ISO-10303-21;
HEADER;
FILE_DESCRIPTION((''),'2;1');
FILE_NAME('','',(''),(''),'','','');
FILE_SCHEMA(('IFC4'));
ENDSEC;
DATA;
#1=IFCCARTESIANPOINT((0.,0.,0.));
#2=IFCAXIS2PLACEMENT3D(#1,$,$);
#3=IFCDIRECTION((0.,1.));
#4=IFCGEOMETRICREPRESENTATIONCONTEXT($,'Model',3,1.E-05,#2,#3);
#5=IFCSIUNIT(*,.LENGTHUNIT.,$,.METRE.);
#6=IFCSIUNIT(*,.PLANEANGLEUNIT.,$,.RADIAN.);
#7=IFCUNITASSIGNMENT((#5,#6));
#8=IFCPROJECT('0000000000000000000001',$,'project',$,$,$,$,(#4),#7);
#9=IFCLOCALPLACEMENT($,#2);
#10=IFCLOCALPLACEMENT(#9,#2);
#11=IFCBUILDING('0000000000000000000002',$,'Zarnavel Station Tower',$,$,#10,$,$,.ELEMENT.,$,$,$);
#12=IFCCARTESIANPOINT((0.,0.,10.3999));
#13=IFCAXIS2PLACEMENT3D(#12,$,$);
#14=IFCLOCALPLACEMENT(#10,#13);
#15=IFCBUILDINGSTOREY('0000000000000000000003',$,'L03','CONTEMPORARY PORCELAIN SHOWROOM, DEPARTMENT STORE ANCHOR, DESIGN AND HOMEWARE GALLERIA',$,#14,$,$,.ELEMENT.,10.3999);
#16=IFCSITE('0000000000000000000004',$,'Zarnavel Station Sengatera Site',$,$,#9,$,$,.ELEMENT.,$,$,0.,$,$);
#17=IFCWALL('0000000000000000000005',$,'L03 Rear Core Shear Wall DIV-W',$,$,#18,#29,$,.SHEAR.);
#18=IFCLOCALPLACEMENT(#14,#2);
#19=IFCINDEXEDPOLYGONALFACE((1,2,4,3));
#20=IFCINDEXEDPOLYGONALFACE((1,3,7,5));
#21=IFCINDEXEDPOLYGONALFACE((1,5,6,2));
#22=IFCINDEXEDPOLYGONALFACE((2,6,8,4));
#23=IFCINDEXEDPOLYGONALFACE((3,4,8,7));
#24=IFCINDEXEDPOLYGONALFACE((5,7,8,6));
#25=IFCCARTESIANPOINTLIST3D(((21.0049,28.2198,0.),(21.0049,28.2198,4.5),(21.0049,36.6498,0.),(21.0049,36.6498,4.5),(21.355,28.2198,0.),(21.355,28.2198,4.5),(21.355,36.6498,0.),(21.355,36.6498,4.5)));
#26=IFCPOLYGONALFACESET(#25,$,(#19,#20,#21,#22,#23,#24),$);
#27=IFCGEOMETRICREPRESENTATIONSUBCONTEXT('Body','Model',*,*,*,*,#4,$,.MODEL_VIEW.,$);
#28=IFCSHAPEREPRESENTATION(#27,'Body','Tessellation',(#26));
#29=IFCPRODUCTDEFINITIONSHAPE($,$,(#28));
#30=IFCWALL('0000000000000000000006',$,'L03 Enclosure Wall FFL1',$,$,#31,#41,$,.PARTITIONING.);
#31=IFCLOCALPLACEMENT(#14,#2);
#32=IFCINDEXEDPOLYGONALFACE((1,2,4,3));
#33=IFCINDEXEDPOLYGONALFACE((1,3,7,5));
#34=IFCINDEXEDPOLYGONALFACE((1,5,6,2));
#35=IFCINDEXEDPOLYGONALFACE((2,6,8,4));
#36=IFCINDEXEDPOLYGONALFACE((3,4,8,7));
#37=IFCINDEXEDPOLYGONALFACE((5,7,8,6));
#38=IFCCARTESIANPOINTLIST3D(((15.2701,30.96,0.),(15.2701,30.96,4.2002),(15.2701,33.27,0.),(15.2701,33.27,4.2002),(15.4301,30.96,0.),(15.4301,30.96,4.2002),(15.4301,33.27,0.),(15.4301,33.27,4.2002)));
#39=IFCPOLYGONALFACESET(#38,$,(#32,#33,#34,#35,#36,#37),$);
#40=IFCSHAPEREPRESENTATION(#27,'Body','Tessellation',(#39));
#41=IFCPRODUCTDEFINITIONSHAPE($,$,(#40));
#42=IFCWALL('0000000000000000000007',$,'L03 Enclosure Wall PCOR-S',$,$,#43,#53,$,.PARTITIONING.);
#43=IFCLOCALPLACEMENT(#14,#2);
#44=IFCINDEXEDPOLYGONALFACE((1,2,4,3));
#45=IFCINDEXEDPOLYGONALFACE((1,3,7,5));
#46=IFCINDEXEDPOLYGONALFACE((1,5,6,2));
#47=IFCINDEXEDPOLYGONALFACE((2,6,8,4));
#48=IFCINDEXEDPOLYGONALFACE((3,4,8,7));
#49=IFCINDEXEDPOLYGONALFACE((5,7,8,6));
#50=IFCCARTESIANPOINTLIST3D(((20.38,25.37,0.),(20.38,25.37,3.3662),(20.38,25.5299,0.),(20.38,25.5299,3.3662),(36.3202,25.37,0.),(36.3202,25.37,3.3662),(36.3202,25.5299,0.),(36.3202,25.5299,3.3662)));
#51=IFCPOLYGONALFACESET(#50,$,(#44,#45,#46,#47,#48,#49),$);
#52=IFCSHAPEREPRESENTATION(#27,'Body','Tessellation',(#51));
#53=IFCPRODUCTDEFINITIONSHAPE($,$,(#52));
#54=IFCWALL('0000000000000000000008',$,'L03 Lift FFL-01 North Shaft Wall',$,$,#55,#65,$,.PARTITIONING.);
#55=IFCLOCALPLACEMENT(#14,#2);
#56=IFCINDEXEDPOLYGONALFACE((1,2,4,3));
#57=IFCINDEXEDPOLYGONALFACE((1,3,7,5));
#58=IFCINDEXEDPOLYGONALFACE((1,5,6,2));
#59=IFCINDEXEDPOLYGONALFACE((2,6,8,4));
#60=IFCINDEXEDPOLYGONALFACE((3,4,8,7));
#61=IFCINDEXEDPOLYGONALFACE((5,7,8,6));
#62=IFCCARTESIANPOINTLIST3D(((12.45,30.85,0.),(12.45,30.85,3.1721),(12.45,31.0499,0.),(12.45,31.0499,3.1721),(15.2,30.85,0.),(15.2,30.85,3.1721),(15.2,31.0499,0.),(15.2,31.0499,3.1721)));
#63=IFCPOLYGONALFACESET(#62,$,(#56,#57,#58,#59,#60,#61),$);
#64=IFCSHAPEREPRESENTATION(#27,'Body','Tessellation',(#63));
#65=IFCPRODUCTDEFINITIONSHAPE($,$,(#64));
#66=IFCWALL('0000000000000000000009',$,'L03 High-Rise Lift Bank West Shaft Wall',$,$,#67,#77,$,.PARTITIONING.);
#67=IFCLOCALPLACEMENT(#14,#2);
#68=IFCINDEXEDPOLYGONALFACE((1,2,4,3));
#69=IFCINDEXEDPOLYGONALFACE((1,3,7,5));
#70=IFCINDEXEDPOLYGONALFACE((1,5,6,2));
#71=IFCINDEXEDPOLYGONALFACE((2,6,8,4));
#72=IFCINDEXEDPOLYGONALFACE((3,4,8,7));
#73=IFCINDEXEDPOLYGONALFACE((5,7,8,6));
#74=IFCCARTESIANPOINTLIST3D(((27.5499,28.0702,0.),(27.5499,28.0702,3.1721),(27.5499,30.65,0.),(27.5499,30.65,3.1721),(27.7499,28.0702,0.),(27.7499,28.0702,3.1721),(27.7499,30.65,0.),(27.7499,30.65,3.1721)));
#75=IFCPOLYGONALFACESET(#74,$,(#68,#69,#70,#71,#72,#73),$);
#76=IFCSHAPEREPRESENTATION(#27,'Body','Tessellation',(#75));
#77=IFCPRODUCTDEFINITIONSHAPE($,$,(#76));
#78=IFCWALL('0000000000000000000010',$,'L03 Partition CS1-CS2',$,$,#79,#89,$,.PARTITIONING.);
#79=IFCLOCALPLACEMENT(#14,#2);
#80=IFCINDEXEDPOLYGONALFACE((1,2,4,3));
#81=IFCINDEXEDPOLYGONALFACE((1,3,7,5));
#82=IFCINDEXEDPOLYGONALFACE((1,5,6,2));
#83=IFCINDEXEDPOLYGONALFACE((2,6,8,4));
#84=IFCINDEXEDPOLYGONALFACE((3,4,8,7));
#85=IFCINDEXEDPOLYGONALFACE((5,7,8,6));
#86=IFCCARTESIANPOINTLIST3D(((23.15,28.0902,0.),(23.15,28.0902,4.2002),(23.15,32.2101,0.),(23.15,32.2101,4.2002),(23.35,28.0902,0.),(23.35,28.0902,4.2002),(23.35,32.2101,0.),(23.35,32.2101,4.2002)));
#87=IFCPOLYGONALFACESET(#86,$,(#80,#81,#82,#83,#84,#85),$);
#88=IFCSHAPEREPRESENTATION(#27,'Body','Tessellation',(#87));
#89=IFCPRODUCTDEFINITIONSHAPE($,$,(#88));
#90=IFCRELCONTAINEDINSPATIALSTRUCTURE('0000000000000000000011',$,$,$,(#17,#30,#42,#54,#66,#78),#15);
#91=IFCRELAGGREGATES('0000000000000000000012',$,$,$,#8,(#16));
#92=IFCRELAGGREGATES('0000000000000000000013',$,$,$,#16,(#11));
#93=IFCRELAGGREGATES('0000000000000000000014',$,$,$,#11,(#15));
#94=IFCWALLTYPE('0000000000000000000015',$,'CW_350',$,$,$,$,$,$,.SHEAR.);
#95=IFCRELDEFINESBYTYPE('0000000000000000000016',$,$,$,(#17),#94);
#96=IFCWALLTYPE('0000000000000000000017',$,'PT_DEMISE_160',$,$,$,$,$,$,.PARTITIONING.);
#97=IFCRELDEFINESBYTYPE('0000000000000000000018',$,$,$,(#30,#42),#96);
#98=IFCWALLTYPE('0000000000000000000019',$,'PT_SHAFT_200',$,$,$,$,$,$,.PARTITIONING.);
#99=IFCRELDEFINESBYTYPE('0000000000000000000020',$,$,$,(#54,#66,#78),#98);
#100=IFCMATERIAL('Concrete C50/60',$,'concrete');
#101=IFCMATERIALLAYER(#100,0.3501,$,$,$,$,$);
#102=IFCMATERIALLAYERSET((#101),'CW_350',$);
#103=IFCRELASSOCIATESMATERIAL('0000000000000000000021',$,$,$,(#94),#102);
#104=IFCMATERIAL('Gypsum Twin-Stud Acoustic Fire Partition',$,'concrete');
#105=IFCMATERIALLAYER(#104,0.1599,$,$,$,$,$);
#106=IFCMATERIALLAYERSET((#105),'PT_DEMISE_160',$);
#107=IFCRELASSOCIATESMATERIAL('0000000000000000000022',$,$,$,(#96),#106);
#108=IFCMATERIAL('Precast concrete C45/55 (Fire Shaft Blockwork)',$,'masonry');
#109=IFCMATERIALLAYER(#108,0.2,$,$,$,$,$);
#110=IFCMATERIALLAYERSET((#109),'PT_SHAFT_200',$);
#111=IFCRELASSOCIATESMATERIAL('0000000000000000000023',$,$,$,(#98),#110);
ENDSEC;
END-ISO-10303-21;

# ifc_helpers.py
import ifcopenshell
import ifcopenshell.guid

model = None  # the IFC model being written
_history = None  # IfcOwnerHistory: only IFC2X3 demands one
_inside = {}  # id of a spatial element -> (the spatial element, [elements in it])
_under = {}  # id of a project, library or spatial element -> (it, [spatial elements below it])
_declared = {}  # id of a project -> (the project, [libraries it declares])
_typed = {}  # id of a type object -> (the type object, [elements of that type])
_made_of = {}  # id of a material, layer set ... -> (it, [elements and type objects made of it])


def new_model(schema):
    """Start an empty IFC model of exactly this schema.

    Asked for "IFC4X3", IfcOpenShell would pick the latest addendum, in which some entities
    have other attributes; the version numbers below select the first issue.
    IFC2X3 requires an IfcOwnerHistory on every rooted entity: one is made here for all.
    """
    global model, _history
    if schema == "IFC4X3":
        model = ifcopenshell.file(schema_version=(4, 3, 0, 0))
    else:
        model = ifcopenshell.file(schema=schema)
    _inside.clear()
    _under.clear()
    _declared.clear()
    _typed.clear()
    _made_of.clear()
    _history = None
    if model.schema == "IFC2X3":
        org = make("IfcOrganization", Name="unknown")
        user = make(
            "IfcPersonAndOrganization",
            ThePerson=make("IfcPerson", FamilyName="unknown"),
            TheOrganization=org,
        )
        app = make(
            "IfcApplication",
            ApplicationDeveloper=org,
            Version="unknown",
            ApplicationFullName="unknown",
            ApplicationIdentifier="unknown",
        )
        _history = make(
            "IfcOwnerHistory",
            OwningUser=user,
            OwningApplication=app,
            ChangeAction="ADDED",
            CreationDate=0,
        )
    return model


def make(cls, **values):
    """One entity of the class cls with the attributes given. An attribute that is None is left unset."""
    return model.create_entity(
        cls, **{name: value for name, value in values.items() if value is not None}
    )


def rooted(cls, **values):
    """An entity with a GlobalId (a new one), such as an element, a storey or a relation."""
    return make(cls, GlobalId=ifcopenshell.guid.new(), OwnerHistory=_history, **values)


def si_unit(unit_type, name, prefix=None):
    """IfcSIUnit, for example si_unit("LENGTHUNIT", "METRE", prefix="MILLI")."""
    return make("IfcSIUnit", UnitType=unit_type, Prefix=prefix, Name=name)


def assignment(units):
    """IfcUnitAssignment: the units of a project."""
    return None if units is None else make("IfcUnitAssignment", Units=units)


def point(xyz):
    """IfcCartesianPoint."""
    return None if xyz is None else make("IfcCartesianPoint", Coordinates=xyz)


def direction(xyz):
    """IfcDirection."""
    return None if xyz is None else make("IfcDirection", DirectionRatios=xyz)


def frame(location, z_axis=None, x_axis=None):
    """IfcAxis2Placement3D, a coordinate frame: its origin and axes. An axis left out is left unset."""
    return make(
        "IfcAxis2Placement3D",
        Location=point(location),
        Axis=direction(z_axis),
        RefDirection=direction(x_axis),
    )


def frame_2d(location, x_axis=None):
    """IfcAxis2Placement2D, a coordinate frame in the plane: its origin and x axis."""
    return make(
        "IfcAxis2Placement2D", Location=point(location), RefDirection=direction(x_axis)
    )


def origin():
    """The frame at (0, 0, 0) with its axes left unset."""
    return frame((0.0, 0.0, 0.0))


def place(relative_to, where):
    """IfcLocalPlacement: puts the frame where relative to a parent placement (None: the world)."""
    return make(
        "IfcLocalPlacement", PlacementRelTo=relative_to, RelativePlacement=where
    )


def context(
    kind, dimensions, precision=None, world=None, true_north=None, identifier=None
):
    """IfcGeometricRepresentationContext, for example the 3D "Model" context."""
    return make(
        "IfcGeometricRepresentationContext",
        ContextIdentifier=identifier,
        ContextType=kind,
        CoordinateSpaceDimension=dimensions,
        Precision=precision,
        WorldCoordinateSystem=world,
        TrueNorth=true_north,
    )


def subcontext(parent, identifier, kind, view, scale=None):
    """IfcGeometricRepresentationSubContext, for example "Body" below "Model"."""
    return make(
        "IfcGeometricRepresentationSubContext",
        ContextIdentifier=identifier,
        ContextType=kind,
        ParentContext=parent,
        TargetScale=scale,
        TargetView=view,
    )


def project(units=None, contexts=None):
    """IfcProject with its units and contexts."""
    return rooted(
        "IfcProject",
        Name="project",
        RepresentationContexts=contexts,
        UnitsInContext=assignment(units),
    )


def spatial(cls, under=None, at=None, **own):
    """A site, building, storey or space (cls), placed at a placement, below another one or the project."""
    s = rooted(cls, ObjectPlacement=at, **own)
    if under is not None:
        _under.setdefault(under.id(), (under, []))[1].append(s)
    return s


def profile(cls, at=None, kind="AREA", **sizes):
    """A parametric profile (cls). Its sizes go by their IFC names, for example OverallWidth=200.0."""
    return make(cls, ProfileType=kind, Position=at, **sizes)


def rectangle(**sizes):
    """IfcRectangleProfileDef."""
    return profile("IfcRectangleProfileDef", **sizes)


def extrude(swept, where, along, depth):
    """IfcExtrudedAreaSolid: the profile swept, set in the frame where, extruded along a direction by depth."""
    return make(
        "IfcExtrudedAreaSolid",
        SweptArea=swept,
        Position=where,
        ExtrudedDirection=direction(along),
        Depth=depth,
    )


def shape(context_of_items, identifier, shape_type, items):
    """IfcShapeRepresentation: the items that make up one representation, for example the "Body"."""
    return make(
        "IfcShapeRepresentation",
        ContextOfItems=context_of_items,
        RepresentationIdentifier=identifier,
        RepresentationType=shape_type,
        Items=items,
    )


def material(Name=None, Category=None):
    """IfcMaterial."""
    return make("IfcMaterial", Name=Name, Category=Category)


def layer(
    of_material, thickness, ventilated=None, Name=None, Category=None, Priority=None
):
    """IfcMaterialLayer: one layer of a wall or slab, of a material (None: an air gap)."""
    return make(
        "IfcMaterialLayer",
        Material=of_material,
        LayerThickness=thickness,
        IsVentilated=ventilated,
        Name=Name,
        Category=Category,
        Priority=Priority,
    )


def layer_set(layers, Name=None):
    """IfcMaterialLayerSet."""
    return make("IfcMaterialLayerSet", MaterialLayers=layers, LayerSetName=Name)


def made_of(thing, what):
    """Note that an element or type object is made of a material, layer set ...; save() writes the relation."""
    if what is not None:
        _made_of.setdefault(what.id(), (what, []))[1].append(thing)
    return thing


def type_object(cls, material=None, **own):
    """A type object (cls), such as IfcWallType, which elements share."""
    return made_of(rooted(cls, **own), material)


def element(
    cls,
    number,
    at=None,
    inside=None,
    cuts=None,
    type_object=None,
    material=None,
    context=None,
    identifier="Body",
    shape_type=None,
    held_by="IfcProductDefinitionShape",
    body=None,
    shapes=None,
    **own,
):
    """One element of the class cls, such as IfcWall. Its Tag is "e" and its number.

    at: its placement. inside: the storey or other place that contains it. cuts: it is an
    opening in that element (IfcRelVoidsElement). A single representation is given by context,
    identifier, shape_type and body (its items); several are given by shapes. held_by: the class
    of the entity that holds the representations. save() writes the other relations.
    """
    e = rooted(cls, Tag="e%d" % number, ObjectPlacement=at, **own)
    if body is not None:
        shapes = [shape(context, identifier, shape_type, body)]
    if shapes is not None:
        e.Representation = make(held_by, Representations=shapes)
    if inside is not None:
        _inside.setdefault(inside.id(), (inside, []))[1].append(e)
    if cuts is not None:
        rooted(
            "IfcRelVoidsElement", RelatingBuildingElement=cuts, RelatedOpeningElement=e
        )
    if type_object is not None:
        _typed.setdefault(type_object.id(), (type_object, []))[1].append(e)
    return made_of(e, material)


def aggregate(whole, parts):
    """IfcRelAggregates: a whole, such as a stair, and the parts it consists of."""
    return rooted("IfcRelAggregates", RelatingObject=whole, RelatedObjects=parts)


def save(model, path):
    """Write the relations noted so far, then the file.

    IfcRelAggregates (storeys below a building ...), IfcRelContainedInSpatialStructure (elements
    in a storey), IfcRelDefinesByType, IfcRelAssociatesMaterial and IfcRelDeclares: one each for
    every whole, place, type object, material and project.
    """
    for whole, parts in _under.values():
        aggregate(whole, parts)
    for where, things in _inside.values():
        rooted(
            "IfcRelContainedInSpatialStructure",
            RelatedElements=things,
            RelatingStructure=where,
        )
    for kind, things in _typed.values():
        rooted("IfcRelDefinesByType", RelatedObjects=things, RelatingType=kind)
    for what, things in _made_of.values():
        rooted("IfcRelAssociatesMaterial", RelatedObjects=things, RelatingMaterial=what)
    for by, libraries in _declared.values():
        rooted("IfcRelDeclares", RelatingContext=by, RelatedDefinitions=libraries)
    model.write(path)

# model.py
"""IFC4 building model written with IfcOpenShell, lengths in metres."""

from ifc_helpers import new_model, si_unit, direction, frame, frame_2d, origin, place, context, subcontext, project, spatial, rectangle, extrude, material, layer, layer_set, type_object, element, save


model = new_model("IFC4")

# Units and contexts
model_context = context("Model", 3, precision=1e-05, world=origin(), true_north=direction((0.0, 1.0)))
body_context = subcontext(model_context, "Body", "Model", "MODEL_VIEW")
ifc_project = project(units=[si_unit("LENGTHUNIT", "METRE"), si_unit("PLANEANGLEUNIT", "RADIAN")], contexts=[model_context])

# Site, building, storey
site_placement = place(None, origin())
site = spatial("IfcSite", under=ifc_project, at=site_placement, Name="Zarnavel Station Sengatera Site", CompositionType="ELEMENT", RefElevation=0.0)
building_placement = place(site_placement, origin())
building = spatial("IfcBuilding", under=site, at=building_placement, Name="Zarnavel Station Tower", CompositionType="ELEMENT")
storey_placement = place(building_placement, frame((0.0, 0.0, 10.3999)))
storey = spatial("IfcBuildingStorey", under=building, at=storey_placement, Name="L03", Description="CONTEMPORARY PORCELAIN SHOWROOM, DEPARTMENT STORE ANCHOR, DESIGN AND HOMEWARE GALLERIA", CompositionType="ELEMENT", Elevation=10.3999)

# Wall
ifc_material_1 = material(Name="Concrete C50/60", Category="concrete")
ifc_layer_1 = layer(ifc_material_1, 0.3501)
ifc_layer_set_1 = layer_set([ifc_layer_1], Name="CW_350")
wall_type_1 = type_object("IfcWallType", Name="CW_350", PredefinedType="SHEAR", material=ifc_layer_set_1)
wall_1_placement = place(storey_placement, frame((21.1799, 28.22, 0.0), z_axis=(0.0, 0.0, 1.0), x_axis=(0.0, 1.0, 0.0)))
element("IfcWall", 1, at=wall_1_placement, inside=storey, type_object=wall_type_1, Name="L03 Rear Core Shear Wall DIV-W", PredefinedType="SHEAR", context=body_context, shape_type="SweptSolid", body=[
    extrude(rectangle(XDim=8.4299, YDim=0.3501, at=frame_2d((4.2148, 0.0))), origin(), (0.0, 0.0, 1.0), 4.5),
])

# Walls
ifc_material_2 = material(Name="Gypsum Twin-Stud Acoustic Fire Partition", Category="concrete")
ifc_layer_2 = layer(ifc_material_2, 0.1599)
ifc_layer_set_2 = layer_set([ifc_layer_2], Name="PT_DEMISE_160")
wall_type_2 = type_object("IfcWallType", Name="PT_DEMISE_160", PredefinedType="PARTITIONING", material=ifc_layer_set_2)
wall_2_placement = place(storey_placement, frame((15.3501, 30.96, 0.0), z_axis=(0.0, 0.0, 1.0), x_axis=(0.0, 1.0, 0.0)))
element("IfcWall", 2, at=wall_2_placement, inside=storey, type_object=wall_type_2, Name="L03 Enclosure Wall FFL1", PredefinedType="PARTITIONING", context=body_context, shape_type="SweptSolid", body=[
    extrude(rectangle(XDim=2.3101, YDim=0.1599, at=frame_2d((1.155, 0.0))), origin(), (0.0, 0.0, 1.0), 4.2002),
])
wall_3_placement = place(storey_placement, frame((20.3799, 25.45, 0.0), z_axis=(0.0, 0.0, 1.0), x_axis=(1.0, 0.0, 0.0)))
element("IfcWall", 3, at=wall_3_placement, inside=storey, type_object=wall_type_2, Name="L03 Enclosure Wall PCOR-S", PredefinedType="PARTITIONING", context=body_context, shape_type="SweptSolid", body=[
    extrude(rectangle(XDim=15.9402, YDim=0.1599, at=frame_2d((7.9702, 0.0))), origin(), (0.0, 0.0, 1.0), 3.3662),
])

# Shared definitions
ifc_material_3 = material(Name="Precast concrete C45/55 (Fire Shaft Blockwork)", Category="masonry")
ifc_layer_3 = layer(ifc_material_3, 0.2)
ifc_layer_set_3 = layer_set([ifc_layer_3], Name="PT_SHAFT_200")
wall_type_3 = type_object("IfcWallType", Name="PT_SHAFT_200", PredefinedType="PARTITIONING", material=ifc_layer_set_3)

# Walls
wall_4_placement = place(storey_placement, frame((12.45, 30.95, 0.0), z_axis=(0.0, 0.0, 1.0), x_axis=(1.0, 0.0, 0.0)))
element("IfcWall", 4, at=wall_4_placement, inside=storey, type_object=wall_type_3, Name="L03 Lift FFL-01 North Shaft Wall", PredefinedType="PARTITIONING", context=body_context, shape_type="SweptSolid", body=[
    extrude(rectangle(XDim=2.75, YDim=0.2, at=frame_2d((1.375, 0.0))), origin(), (0.0, 0.0, 1.0), 3.1721),
])
wall_5_placement = place(storey_placement, frame((27.6499, 28.0701, 0.0), z_axis=(0.0, 0.0, 1.0), x_axis=(0.0, 1.0, 0.0)))
element("IfcWall", 5, at=wall_5_placement, inside=storey, type_object=wall_type_3, Name="L03 High-Rise Lift Bank West Shaft Wall", PredefinedType="PARTITIONING", context=body_context, shape_type="SweptSolid", body=[
    extrude(rectangle(XDim=2.5798, YDim=0.2, at=frame_2d((1.29, 0.0))), origin(), (0.0, 0.0, 1.0), 3.1721),
])

# Wall
wall_6_placement = place(storey_placement, frame((23.25, 28.0901, 0.0), z_axis=(0.0, 0.0, 1.0), x_axis=(0.0, 1.0, 0.0)))
element("IfcWall", 6, at=wall_6_placement, inside=storey, type_object=wall_type_3, Name="L03 Partition CS1-CS2", PredefinedType="PARTITIONING", context=body_context, shape_type="SweptSolid", body=[
    extrude(rectangle(XDim=4.1199, YDim=0.2, at=frame_2d((2.0601, 0.0))), origin(), (0.0, 0.0, 1.0), 4.2002),
])

save(model, "model.ifc")
